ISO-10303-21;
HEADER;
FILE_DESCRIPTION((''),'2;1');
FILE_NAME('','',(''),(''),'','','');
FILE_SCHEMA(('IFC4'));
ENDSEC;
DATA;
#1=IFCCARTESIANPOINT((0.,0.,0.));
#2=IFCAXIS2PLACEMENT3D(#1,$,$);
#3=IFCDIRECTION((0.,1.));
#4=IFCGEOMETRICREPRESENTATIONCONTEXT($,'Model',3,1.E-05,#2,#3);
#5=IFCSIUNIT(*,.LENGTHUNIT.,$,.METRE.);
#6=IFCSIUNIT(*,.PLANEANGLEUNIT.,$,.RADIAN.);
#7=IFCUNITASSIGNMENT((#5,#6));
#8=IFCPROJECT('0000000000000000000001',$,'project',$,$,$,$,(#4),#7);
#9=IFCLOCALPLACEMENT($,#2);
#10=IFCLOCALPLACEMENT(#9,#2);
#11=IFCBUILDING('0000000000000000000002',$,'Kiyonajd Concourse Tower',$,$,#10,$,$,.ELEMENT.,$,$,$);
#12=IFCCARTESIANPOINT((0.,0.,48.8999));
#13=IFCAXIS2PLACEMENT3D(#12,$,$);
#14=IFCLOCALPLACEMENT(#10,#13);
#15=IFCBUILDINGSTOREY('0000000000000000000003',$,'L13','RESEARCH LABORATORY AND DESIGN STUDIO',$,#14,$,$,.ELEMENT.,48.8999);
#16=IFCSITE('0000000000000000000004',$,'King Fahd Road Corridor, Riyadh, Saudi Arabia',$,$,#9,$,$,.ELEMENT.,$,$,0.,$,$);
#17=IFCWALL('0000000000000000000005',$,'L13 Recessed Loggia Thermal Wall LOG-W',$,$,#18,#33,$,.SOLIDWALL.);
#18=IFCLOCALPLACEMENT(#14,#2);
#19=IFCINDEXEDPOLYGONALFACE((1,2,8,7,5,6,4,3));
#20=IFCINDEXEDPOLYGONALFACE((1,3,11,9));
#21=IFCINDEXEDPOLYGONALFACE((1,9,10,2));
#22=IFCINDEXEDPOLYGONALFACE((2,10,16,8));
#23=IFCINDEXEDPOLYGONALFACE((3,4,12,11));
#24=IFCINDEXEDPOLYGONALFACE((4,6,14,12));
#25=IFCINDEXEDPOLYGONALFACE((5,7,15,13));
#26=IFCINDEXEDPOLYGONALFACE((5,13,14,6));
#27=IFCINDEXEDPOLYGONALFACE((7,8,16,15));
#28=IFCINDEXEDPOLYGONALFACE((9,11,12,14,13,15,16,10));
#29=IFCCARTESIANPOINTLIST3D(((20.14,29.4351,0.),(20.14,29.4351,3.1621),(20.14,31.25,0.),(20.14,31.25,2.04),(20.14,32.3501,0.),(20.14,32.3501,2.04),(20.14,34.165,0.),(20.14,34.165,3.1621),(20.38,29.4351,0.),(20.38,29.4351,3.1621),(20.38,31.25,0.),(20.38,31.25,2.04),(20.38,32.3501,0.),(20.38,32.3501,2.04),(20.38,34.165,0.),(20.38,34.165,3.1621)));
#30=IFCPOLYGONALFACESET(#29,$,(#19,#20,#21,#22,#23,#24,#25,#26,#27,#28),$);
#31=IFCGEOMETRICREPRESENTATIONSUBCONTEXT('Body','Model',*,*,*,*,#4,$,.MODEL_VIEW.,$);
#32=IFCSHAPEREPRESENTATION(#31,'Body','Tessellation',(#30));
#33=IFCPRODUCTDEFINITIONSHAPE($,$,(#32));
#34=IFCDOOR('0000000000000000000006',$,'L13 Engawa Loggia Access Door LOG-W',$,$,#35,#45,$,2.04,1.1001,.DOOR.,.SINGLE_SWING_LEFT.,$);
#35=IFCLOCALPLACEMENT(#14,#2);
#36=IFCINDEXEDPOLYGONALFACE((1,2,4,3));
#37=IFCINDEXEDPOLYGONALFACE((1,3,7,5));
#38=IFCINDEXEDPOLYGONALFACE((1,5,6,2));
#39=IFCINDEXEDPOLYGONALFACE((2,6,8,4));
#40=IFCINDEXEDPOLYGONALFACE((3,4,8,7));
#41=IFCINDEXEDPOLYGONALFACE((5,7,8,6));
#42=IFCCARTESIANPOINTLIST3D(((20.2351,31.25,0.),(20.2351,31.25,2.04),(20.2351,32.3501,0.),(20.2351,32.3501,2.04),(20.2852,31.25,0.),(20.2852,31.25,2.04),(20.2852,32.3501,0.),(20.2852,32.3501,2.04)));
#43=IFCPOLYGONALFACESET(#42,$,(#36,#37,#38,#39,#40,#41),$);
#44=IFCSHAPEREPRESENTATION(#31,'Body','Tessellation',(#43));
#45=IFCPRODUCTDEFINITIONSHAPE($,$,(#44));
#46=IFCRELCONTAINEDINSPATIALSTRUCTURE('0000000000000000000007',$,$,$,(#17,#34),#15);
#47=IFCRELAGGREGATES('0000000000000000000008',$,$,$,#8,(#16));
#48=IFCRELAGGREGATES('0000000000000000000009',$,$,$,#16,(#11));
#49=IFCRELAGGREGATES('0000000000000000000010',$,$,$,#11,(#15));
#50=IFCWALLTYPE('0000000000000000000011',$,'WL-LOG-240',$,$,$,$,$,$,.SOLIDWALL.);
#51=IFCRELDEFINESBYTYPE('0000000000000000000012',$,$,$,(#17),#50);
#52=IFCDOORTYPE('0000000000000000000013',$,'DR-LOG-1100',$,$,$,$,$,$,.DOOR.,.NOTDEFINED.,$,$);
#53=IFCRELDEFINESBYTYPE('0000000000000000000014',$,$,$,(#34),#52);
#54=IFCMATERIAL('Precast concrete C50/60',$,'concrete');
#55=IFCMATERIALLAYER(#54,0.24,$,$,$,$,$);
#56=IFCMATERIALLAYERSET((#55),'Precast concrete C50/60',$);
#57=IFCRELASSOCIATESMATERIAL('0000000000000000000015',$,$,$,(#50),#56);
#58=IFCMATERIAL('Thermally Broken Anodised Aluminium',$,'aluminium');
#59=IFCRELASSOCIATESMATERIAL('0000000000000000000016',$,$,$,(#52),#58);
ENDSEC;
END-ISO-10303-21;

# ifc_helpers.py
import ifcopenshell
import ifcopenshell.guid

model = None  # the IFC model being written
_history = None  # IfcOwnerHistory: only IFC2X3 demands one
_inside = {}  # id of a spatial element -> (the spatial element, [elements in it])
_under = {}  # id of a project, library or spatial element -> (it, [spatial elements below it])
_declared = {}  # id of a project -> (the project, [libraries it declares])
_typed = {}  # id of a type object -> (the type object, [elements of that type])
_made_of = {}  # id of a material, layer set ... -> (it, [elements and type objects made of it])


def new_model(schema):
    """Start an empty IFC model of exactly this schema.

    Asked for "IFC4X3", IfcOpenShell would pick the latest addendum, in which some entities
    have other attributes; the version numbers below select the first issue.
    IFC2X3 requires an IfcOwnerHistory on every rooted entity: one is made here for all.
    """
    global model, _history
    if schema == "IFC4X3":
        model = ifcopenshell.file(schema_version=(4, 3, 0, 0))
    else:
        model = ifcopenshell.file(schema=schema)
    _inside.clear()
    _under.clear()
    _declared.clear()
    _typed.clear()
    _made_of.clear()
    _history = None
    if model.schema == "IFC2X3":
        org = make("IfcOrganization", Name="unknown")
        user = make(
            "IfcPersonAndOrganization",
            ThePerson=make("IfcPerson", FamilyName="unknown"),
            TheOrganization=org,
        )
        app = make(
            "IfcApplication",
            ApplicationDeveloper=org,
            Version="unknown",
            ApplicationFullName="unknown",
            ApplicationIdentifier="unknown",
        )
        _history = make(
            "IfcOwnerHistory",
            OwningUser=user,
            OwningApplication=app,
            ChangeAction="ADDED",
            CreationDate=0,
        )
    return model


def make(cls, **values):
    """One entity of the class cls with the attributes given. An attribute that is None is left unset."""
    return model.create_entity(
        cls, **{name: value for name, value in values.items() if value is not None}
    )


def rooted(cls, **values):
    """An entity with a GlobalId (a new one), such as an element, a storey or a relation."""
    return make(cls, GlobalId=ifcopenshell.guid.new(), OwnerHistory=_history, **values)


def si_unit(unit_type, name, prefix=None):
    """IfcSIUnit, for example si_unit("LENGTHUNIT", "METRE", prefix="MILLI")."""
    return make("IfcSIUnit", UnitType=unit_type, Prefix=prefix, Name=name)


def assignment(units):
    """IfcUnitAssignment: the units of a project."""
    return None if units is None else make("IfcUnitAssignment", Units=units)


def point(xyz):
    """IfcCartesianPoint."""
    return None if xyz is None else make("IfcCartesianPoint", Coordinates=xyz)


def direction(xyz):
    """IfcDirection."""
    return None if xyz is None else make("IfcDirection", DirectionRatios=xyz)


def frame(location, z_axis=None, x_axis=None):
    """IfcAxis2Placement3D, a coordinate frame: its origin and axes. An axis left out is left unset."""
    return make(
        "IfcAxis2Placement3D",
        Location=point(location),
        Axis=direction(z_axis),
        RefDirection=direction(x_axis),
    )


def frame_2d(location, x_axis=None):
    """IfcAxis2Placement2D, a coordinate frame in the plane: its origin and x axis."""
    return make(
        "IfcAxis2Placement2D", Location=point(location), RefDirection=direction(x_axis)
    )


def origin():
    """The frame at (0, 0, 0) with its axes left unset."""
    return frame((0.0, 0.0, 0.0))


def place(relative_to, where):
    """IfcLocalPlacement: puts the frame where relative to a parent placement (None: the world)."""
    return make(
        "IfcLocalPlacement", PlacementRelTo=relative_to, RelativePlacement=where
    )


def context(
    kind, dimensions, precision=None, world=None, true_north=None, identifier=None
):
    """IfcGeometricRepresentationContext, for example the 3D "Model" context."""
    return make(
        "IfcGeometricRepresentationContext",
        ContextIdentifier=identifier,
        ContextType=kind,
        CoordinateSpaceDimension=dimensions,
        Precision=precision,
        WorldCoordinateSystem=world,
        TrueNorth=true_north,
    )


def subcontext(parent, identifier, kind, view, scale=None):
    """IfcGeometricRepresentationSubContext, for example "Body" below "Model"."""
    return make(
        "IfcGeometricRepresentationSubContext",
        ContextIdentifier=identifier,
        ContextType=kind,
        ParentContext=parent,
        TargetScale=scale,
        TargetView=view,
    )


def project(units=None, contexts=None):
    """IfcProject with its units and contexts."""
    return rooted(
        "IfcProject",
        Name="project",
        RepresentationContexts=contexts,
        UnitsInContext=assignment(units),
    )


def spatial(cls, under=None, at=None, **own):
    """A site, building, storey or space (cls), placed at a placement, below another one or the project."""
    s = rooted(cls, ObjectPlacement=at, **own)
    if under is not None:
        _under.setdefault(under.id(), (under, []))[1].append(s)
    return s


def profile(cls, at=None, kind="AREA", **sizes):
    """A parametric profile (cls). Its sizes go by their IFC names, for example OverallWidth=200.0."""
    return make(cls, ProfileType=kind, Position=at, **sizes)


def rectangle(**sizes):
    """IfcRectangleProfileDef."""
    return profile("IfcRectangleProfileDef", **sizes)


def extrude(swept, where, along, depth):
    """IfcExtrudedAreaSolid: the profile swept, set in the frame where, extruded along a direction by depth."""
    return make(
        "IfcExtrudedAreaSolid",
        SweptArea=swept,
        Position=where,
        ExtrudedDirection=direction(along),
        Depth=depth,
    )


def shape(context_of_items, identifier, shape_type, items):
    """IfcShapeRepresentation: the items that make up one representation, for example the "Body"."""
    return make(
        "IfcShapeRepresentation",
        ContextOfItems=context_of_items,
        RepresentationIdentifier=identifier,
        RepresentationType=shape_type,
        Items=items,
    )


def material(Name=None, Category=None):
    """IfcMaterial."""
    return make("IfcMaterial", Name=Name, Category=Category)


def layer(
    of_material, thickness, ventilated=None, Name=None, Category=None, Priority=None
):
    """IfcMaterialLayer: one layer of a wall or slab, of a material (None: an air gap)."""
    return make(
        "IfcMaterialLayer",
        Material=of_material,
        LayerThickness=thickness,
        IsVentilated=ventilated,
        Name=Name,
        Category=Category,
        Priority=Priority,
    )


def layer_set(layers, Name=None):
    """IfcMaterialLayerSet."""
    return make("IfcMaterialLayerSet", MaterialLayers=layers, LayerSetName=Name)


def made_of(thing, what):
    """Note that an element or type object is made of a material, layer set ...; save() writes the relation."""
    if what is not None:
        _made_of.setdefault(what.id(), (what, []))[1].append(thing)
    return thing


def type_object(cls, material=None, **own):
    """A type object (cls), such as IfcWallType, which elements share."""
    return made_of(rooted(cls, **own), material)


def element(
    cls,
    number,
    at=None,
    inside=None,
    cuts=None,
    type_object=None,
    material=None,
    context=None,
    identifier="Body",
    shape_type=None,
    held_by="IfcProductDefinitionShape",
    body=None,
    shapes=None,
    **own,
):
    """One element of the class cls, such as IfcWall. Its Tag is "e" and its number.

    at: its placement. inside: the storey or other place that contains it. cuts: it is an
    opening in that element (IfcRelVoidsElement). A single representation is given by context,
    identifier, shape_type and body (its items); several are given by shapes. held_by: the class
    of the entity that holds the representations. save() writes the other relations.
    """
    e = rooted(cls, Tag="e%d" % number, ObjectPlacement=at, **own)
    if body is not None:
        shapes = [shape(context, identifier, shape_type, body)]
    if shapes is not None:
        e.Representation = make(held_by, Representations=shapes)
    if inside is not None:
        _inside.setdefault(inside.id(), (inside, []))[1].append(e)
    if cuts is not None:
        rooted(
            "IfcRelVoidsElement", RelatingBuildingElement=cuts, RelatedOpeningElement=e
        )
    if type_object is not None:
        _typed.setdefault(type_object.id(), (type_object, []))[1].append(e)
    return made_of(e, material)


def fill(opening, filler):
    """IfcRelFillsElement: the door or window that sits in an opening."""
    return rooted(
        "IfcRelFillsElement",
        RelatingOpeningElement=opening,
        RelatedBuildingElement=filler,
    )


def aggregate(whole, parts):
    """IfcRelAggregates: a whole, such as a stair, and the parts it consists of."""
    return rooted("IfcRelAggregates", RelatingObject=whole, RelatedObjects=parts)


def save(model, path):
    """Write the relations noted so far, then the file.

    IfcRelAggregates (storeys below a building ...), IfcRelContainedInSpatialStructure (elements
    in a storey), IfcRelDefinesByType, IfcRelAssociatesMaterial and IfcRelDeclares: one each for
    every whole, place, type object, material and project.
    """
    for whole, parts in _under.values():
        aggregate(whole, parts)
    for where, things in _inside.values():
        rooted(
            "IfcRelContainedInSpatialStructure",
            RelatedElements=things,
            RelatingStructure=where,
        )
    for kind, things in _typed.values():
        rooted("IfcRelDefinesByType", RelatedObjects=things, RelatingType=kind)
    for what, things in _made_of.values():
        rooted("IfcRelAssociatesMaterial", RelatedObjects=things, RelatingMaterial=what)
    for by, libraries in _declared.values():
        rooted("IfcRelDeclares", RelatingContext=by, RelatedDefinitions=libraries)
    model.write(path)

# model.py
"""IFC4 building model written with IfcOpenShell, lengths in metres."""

from ifc_helpers import new_model, si_unit, direction, frame, frame_2d, origin, place, context, subcontext, project, spatial, rectangle, extrude, material, layer, layer_set, type_object, element, fill, save


model = new_model("IFC4")

# Units and contexts
model_context = context("Model", 3, precision=1e-05, world=origin(), true_north=direction((0.0, 1.0)))
body_context = subcontext(model_context, "Body", "Model", "MODEL_VIEW")
ifc_project = project(units=[si_unit("LENGTHUNIT", "METRE"), si_unit("PLANEANGLEUNIT", "RADIAN")], contexts=[model_context])

# Site, building, storey
site_placement = place(None, origin())
site = spatial("IfcSite", under=ifc_project, at=site_placement, Name="King Fahd Road Corridor, Riyadh, Saudi Arabia", CompositionType="ELEMENT", RefElevation=0.0)
building_placement = place(site_placement, origin())
building = spatial("IfcBuilding", under=site, at=building_placement, Name="Kiyonajd Concourse Tower", CompositionType="ELEMENT")
storey_placement = place(building_placement, frame((0.0, 0.0, 48.8999)))
storey = spatial("IfcBuildingStorey", under=building, at=storey_placement, Name="L13", Description="RESEARCH LABORATORY AND DESIGN STUDIO", CompositionType="ELEMENT", Elevation=48.8999)

# Shared definitions
ifc_material_1 = material(Name="Precast concrete C50/60", Category="concrete")

# Shared definitions
ifc_material_2 = material(Name="Thermally Broken Anodised Aluminium", Category="aluminium")

# Wall, opening, door
ifc_layer_1 = layer(ifc_material_1, 0.24)
ifc_layer_set_1 = layer_set([ifc_layer_1], Name="Precast concrete C50/60")
wall_type_1 = type_object("IfcWallType", Name="WL-LOG-240", PredefinedType="SOLIDWALL", material=ifc_layer_set_1)
wall_1_placement = place(storey_placement, frame((20.26, 29.4351, 0.0), z_axis=(0.0, 0.0, 1.0), x_axis=(0.0, 1.0, 0.0)))
wall_1 = element("IfcWall", 1, at=wall_1_placement, inside=storey, type_object=wall_type_1, Name="L13 Recessed Loggia Thermal Wall LOG-W", PredefinedType="SOLIDWALL", context=body_context, shape_type="SweptSolid", body=[
    extrude(rectangle(XDim=4.73, YDim=0.24, at=frame_2d((2.365, 0.0))), origin(), (0.0, 0.0, 1.0), 3.1621),
])
opening_1_placement = place(wall_1_placement, frame((1.8149, 0.0, 0.0)))
opening_1 = element("IfcOpeningElement", 2, at=opening_1_placement, cuts=wall_1, PredefinedType="OPENING", context=body_context, shape_type="SweptSolid", body=[
    extrude(rectangle(XDim=1.1001, YDim=2.04, at=frame_2d((0.55, 1.02))), frame((0.0, 0.1299, 0.0), z_axis=(0.0, -1.0, 0.0), x_axis=(1.0, 0.0, 0.0)), (0.0, 0.0, 1.0), 0.26),
])
door_type_1 = type_object("IfcDoorType", Name="DR-LOG-1100", OperationType="NOTDEFINED", PredefinedType="DOOR", material=ifc_material_2)
door_1_placement = place(opening_1_placement, origin())
door_1 = element("IfcDoor", 3, at=door_1_placement, inside=storey, type_object=door_type_1, Name="L13 Engawa Loggia Access Door LOG-W", OperationType="SINGLE_SWING_LEFT", OverallHeight=2.04, OverallWidth=1.1001, PredefinedType="DOOR", context=body_context, shape_type="SweptSolid", body=[
    extrude(rectangle(XDim=1.1001, YDim=2.04, at=frame_2d((0.55, 1.02))), frame((0.0, 0.0249, 0.0), z_axis=(0.0, -1.0, 0.0), x_axis=(1.0, 0.0, 0.0)), (0.0, 0.0, 1.0), 0.05),
])
fill(opening_1, door_1)

save(model, "model.ifc")
